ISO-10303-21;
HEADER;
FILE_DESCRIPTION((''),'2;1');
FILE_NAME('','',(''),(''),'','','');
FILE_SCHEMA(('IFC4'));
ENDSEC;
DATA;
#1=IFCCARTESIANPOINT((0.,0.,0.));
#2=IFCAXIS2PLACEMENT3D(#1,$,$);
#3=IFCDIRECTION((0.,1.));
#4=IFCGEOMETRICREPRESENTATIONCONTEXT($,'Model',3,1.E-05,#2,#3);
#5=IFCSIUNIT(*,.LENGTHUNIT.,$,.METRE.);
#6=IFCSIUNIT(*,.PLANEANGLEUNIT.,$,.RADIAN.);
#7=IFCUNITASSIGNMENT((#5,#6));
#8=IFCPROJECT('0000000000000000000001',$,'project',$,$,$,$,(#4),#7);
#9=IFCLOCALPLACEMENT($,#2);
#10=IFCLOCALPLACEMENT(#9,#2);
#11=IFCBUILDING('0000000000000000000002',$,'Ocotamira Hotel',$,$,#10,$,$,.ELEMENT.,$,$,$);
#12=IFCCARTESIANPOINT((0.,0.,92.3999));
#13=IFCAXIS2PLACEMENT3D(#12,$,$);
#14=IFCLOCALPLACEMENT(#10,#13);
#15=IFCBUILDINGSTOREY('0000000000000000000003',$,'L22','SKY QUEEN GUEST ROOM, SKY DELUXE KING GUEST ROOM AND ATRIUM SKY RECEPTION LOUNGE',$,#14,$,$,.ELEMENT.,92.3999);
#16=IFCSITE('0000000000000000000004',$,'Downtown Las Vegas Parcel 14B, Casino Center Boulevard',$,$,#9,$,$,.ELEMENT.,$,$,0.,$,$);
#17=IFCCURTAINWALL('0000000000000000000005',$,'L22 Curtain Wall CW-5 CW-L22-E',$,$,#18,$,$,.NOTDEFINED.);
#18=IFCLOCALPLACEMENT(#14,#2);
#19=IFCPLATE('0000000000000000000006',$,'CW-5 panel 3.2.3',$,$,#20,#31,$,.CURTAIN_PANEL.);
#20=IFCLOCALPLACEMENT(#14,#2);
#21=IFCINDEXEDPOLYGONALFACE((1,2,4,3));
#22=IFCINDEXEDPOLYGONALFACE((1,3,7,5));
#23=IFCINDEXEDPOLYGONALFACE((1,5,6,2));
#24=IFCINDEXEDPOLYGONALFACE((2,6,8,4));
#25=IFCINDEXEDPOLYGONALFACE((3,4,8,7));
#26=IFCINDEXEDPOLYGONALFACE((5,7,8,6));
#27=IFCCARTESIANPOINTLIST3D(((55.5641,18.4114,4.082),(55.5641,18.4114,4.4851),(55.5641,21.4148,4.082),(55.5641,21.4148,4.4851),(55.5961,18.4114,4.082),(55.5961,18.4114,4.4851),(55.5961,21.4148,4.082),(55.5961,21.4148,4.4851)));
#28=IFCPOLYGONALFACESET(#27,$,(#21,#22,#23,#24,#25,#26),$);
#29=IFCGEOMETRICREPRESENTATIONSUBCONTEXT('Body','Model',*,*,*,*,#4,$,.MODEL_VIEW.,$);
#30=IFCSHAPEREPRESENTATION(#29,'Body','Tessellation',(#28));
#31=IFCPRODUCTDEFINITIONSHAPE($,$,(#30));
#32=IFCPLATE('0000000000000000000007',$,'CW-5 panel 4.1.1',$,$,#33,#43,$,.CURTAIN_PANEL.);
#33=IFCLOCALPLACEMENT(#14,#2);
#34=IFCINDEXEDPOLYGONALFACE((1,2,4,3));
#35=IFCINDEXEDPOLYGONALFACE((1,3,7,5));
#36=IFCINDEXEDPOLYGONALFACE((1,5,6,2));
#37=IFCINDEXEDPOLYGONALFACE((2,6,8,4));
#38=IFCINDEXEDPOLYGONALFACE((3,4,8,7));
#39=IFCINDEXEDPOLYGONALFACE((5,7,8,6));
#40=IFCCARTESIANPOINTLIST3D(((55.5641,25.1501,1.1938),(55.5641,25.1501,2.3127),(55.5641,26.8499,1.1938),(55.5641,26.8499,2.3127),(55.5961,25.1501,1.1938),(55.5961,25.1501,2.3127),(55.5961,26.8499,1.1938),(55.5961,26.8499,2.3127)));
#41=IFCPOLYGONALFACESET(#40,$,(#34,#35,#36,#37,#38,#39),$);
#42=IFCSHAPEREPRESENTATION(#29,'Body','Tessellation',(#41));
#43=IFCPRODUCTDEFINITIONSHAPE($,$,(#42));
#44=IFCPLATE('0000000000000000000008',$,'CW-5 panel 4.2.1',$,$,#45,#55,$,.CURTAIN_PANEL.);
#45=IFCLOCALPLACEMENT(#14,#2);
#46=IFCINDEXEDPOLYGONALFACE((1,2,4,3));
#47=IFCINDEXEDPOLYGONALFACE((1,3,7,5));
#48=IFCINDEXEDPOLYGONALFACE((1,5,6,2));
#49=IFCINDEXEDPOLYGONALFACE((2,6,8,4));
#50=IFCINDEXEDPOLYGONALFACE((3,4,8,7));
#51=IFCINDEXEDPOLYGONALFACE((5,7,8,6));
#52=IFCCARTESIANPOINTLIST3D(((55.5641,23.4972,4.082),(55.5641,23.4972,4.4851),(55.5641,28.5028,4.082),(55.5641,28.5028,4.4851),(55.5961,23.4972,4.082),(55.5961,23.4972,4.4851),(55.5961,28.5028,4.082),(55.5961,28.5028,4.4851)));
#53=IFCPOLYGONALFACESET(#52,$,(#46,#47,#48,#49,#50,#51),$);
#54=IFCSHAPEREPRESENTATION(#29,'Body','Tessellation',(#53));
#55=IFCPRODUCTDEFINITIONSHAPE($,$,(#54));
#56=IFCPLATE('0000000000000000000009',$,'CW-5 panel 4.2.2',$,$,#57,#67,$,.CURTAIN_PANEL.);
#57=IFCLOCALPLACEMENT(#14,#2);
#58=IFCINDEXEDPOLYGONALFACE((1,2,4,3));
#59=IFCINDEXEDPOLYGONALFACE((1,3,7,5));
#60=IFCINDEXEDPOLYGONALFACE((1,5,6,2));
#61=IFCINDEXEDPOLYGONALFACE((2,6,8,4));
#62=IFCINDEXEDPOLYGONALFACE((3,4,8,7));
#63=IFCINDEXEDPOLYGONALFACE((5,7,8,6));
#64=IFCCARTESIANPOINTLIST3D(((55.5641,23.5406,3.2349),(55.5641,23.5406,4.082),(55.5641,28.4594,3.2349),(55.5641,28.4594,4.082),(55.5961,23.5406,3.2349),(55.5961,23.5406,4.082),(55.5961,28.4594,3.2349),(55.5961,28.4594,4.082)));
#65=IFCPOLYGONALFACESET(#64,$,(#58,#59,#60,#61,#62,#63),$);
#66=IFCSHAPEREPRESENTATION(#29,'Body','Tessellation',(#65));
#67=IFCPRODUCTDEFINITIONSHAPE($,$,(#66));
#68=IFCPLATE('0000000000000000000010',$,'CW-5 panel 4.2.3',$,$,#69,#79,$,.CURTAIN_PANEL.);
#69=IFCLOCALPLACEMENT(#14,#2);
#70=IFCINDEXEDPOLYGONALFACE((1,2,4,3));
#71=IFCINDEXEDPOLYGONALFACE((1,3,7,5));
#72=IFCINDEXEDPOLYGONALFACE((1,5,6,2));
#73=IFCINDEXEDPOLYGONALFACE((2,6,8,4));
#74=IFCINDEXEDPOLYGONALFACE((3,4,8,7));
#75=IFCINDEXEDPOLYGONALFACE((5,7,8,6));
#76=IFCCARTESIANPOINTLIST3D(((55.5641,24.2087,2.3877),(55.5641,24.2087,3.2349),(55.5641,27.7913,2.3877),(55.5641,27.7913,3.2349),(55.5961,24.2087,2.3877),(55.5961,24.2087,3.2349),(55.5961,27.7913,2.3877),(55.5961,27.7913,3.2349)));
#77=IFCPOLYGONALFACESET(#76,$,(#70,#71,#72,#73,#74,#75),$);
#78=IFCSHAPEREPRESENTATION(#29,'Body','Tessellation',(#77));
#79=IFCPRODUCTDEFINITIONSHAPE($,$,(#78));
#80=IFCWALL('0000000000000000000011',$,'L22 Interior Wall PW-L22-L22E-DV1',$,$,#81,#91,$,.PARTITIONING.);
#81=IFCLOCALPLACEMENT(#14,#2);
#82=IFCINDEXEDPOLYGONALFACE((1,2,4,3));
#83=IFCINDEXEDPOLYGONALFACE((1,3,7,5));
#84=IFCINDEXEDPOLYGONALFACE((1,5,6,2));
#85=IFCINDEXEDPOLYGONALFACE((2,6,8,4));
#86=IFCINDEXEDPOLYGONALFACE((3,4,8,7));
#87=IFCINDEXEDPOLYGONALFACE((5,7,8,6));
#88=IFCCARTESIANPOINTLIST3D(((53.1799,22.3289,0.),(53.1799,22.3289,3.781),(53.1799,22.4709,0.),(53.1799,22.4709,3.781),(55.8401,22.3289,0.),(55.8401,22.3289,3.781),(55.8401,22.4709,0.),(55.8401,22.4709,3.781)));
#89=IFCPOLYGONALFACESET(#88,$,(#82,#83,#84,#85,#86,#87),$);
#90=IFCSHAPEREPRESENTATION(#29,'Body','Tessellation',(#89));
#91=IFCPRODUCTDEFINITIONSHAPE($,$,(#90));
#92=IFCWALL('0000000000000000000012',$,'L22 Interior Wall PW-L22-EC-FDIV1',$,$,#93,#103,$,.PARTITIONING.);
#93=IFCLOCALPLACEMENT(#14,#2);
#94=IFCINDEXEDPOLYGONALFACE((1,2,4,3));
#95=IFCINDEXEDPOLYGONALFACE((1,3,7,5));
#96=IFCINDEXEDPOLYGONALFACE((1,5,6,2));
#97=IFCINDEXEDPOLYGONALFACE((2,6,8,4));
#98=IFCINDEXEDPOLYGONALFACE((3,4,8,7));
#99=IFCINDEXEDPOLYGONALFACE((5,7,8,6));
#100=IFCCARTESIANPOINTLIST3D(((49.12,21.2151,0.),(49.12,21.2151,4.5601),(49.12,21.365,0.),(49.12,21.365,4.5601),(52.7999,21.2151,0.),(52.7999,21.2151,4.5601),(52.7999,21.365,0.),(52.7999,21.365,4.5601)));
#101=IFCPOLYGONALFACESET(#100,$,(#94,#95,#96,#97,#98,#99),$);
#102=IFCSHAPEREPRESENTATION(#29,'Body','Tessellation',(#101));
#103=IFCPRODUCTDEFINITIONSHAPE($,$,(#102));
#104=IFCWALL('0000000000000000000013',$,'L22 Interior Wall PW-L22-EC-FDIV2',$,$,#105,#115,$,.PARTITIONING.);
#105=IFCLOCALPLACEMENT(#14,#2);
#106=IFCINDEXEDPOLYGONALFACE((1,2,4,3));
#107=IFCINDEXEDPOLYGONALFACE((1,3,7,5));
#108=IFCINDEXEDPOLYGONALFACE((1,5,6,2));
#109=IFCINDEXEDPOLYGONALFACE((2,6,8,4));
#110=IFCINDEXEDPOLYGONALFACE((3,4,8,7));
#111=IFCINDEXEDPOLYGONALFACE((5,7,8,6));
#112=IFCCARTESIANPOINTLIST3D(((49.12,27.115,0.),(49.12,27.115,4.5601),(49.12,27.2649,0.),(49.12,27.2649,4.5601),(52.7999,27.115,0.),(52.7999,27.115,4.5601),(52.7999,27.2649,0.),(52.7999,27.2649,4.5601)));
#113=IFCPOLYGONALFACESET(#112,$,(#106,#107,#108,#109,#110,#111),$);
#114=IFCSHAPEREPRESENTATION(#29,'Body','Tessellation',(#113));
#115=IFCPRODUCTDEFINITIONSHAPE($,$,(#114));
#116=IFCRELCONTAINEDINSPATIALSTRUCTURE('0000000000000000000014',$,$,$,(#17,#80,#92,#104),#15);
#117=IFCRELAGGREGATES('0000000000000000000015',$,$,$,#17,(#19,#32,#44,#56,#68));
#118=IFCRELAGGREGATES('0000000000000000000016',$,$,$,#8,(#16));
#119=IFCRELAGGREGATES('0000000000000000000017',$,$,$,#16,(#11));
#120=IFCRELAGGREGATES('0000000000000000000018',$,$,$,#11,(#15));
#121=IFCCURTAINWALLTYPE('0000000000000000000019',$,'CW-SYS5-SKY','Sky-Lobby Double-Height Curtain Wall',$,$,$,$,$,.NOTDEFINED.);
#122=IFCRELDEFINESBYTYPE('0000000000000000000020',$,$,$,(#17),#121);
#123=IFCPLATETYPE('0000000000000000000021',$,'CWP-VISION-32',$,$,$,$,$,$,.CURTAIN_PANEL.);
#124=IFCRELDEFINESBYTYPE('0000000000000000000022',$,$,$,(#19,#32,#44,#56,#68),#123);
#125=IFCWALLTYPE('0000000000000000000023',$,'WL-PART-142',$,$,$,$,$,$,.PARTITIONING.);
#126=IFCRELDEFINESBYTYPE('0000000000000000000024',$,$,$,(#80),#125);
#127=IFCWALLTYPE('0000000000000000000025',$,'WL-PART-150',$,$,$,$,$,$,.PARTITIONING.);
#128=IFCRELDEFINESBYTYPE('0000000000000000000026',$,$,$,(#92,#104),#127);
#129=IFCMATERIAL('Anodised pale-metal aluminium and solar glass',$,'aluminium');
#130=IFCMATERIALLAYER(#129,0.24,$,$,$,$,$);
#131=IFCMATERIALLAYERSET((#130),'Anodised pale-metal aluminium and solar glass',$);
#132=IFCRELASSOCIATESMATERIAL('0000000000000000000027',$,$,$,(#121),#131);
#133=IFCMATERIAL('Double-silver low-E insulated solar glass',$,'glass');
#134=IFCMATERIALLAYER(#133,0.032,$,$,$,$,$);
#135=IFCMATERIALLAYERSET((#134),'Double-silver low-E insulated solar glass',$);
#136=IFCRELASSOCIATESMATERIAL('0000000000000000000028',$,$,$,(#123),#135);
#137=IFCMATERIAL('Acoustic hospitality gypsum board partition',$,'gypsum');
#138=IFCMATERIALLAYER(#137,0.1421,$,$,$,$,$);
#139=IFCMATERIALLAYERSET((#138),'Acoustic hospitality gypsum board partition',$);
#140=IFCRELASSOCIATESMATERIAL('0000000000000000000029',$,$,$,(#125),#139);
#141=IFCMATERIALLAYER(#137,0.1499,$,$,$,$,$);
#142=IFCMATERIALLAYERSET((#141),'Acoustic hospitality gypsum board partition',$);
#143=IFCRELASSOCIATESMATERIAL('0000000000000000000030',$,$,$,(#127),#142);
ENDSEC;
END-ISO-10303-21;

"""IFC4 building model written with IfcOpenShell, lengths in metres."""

from ifc_helpers import new_model, si_unit, direction, frame, frame_2d, origin, origin_2d, place, context, subcontext, project, spatial, rectangle, extrude, source, transform, mapped, material, layer, layer_set, type_object, element, aggregate, save


model = new_model("IFC4")

# Units and contexts
model_context = context("Model", 3, precision=1e-05, world=origin(), true_north=direction((0.0, 1.0)))
body_context = subcontext(model_context, "Body", "Model", "MODEL_VIEW")
ifc_project = project(units=[si_unit("LENGTHUNIT", "METRE"), si_unit("PLANEANGLEUNIT", "RADIAN")], contexts=[model_context])

# Site, building, storey
site_placement = place(None, origin())
site = spatial("IfcSite", under=ifc_project, at=site_placement, Name="Downtown Las Vegas Parcel 14B, Casino Center Boulevard", CompositionType="ELEMENT", RefElevation=0.0)
building_placement = place(site_placement, origin())
building = spatial("IfcBuilding", under=site, at=building_placement, Name="Ocotamira Hotel", CompositionType="ELEMENT")
storey_placement = place(building_placement, frame((0.0, 0.0, 92.3999)))
storey = spatial("IfcBuildingStorey", under=building, at=storey_placement, Name="L22", Description="SKY QUEEN GUEST ROOM, SKY DELUXE KING GUEST ROOM AND ATRIUM SKY RECEPTION LOUNGE", CompositionType="ELEMENT", Elevation=92.3999)

# Curtain wall
ifc_material_1 = material(Name="Anodised pale-metal aluminium and solar glass", Category="aluminium")
ifc_layer_1 = layer(ifc_material_1, 0.24)
ifc_layer_set_1 = layer_set([ifc_layer_1], Name="Anodised pale-metal aluminium and solar glass")
curtain_wall_type = type_object("IfcCurtainWallType", Name="CW-SYS5-SKY", Description="Sky-Lobby Double-Height Curtain Wall", PredefinedType="NOTDEFINED", material=ifc_layer_set_1)
curtain_wall_placement = place(storey_placement, origin())
curtain_wall = element("IfcCurtainWall", 1, at=curtain_wall_placement, inside=storey, type_object=curtain_wall_type, Name="L22 Curtain Wall CW-5 CW-L22-E", PredefinedType="NOTDEFINED")

# Plates
ifc_material_2 = material(Name="Double-silver low-E insulated solar glass", Category="glass")
ifc_layer_2 = layer(ifc_material_2, 0.032)
ifc_layer_set_2 = layer_set([ifc_layer_2], Name="Double-silver low-E insulated solar glass")
plate_type_1 = type_object("IfcPlateType", Name="CWP-VISION-32", PredefinedType="CURTAIN_PANEL", material=ifc_layer_set_2)
shared_shape_1 = source(origin(), body_context, "Body", "SweptSolid", [
    extrude(rectangle(XDim=3.0034, YDim=0.032, at=origin_2d()), origin(), (0.0, 0.0, 1.0), 0.4031),
])
plate_1_placement = place(storey_placement, frame((55.5801, 19.9131, 4.082), z_axis=(0.0, 0.0, 1.0), x_axis=(0.0, 1.0, 0.0)))
plate_1 = element("IfcPlate", 2, at=plate_1_placement, type_object=plate_type_1, Name="CW-5 panel 3.2.3", PredefinedType="CURTAIN_PANEL", context=body_context, shape_type="MappedRepresentation", body=[
    mapped(shared_shape_1, transform((0.0, 0.0, 0.0), scale=1.0)),
])
shared_shape_2 = source(origin(), body_context, "Body", "SweptSolid", [
    extrude(rectangle(XDim=1.6997, YDim=0.032, at=origin_2d()), origin(), (0.0, 0.0, 1.0), 1.1189),
])
plate_2_placement = place(storey_placement, frame((55.5801, 26.0, 1.1938), z_axis=(0.0, 0.0, 1.0), x_axis=(0.0, 1.0, 0.0)))
plate_2 = element("IfcPlate", 3, at=plate_2_placement, type_object=plate_type_1, Name="CW-5 panel 4.1.1", PredefinedType="CURTAIN_PANEL", context=body_context, shape_type="MappedRepresentation", body=[
    mapped(shared_shape_2, transform((0.0, 0.0, 0.0), scale=1.0)),
])
shared_shape_3 = source(origin(), body_context, "Body", "SweptSolid", [
    extrude(rectangle(XDim=5.0056, YDim=0.032, at=origin_2d()), origin(), (0.0, 0.0, 1.0), 0.4031),
])
plate_3_placement = place(storey_placement, frame((55.5801, 26.0, 4.082), z_axis=(0.0, 0.0, 1.0), x_axis=(0.0, 1.0, 0.0)))
plate_3 = element("IfcPlate", 4, at=plate_3_placement, type_object=plate_type_1, Name="CW-5 panel 4.2.1", PredefinedType="CURTAIN_PANEL", context=body_context, shape_type="MappedRepresentation", body=[
    mapped(shared_shape_3, transform((0.0, 0.0, 0.0), scale=1.0)),
])
shared_shape_4 = source(origin(), body_context, "Body", "SweptSolid", [
    extrude(rectangle(XDim=4.9187, YDim=0.032, at=origin_2d()), origin(), (0.0, 0.0, 1.0), 0.8472),
])
plate_4_placement = place(storey_placement, frame((55.5801, 26.0, 3.2349), z_axis=(0.0, 0.0, 1.0), x_axis=(0.0, 1.0, 0.0)))
plate_4 = element("IfcPlate", 5, at=plate_4_placement, type_object=plate_type_1, Name="CW-5 panel 4.2.2", PredefinedType="CURTAIN_PANEL", context=body_context, shape_type="MappedRepresentation", body=[
    mapped(shared_shape_4, transform((0.0, 0.0, 0.0), scale=1.0)),
])
shared_shape_5 = source(origin(), body_context, "Body", "SweptSolid", [
    extrude(rectangle(XDim=3.5825, YDim=0.032, at=origin_2d()), origin(), (0.0, 0.0, 1.0), 0.8472),
])
plate_5_placement = place(storey_placement, frame((55.5801, 26.0, 2.3877), z_axis=(0.0, 0.0, 1.0), x_axis=(0.0, 1.0, 0.0)))
plate_5 = element("IfcPlate", 6, at=plate_5_placement, type_object=plate_type_1, Name="CW-5 panel 4.2.3", PredefinedType="CURTAIN_PANEL", context=body_context, shape_type="MappedRepresentation", body=[
    mapped(shared_shape_5, transform((0.0, 0.0, 0.0), scale=1.0)),
])
aggregate(curtain_wall, [plate_1, plate_2, plate_3, plate_4, plate_5])

# Walls
ifc_material_3 = material(Name="Acoustic hospitality gypsum board partition", Category="gypsum")
ifc_layer_3 = layer(ifc_material_3, 0.1421)
ifc_layer_set_3 = layer_set([ifc_layer_3], Name="Acoustic hospitality gypsum board partition")
wall_type_1 = type_object("IfcWallType", Name="WL-PART-142", PredefinedType="PARTITIONING", material=ifc_layer_set_3)
wall_placement = place(storey_placement, frame((53.1799, 22.3999, 0.0), z_axis=(0.0, 0.0, 1.0), x_axis=(1.0, 0.0, 0.0)))
element("IfcWall", 7, at=wall_placement, inside=storey, type_object=wall_type_1, Name="L22 Interior Wall PW-L22-L22E-DV1", PredefinedType="PARTITIONING", context=body_context, shape_type="SweptSolid", body=[
    extrude(rectangle(XDim=2.6602, YDim=0.1421, at=frame_2d((1.3301, 0.0))), origin(), (0.0, 0.0, 1.0), 3.781),
])
ifc_layer_4 = layer(ifc_material_3, 0.1499)
ifc_layer_set_4 = layer_set([ifc_layer_4], Name="Acoustic hospitality gypsum board partition")
wall_type_2 = type_object("IfcWallType", Name="WL-PART-150", PredefinedType="PARTITIONING", material=ifc_layer_set_4)
for number, where, z_axis, x_axis, name in (
    (8, (49.1201, 21.29, 0.0), (0.0, 0.0, 1.0), (1.0, 0.0, 0.0), "L22 Interior Wall PW-L22-EC-FDIV1"),
    (9, (49.1201, 27.1899, 0.0), (0.0, 0.0, 1.0), (1.0, 0.0, 0.0), "L22 Interior Wall PW-L22-EC-FDIV2"),
):
    element("IfcWall", number, at=place(storey_placement, frame(where, z_axis=z_axis, x_axis=x_axis)), inside=storey, type_object=wall_type_2, Name=name, PredefinedType="PARTITIONING", context=body_context, shape_type="SweptSolid", body=[
        extrude(rectangle(XDim=3.6799, YDim=0.1499, at=frame_2d((1.8398, 0.0))), origin(), (0.0, 0.0, 1.0), 4.5601),
    ])

save(model, "model.ifc")
